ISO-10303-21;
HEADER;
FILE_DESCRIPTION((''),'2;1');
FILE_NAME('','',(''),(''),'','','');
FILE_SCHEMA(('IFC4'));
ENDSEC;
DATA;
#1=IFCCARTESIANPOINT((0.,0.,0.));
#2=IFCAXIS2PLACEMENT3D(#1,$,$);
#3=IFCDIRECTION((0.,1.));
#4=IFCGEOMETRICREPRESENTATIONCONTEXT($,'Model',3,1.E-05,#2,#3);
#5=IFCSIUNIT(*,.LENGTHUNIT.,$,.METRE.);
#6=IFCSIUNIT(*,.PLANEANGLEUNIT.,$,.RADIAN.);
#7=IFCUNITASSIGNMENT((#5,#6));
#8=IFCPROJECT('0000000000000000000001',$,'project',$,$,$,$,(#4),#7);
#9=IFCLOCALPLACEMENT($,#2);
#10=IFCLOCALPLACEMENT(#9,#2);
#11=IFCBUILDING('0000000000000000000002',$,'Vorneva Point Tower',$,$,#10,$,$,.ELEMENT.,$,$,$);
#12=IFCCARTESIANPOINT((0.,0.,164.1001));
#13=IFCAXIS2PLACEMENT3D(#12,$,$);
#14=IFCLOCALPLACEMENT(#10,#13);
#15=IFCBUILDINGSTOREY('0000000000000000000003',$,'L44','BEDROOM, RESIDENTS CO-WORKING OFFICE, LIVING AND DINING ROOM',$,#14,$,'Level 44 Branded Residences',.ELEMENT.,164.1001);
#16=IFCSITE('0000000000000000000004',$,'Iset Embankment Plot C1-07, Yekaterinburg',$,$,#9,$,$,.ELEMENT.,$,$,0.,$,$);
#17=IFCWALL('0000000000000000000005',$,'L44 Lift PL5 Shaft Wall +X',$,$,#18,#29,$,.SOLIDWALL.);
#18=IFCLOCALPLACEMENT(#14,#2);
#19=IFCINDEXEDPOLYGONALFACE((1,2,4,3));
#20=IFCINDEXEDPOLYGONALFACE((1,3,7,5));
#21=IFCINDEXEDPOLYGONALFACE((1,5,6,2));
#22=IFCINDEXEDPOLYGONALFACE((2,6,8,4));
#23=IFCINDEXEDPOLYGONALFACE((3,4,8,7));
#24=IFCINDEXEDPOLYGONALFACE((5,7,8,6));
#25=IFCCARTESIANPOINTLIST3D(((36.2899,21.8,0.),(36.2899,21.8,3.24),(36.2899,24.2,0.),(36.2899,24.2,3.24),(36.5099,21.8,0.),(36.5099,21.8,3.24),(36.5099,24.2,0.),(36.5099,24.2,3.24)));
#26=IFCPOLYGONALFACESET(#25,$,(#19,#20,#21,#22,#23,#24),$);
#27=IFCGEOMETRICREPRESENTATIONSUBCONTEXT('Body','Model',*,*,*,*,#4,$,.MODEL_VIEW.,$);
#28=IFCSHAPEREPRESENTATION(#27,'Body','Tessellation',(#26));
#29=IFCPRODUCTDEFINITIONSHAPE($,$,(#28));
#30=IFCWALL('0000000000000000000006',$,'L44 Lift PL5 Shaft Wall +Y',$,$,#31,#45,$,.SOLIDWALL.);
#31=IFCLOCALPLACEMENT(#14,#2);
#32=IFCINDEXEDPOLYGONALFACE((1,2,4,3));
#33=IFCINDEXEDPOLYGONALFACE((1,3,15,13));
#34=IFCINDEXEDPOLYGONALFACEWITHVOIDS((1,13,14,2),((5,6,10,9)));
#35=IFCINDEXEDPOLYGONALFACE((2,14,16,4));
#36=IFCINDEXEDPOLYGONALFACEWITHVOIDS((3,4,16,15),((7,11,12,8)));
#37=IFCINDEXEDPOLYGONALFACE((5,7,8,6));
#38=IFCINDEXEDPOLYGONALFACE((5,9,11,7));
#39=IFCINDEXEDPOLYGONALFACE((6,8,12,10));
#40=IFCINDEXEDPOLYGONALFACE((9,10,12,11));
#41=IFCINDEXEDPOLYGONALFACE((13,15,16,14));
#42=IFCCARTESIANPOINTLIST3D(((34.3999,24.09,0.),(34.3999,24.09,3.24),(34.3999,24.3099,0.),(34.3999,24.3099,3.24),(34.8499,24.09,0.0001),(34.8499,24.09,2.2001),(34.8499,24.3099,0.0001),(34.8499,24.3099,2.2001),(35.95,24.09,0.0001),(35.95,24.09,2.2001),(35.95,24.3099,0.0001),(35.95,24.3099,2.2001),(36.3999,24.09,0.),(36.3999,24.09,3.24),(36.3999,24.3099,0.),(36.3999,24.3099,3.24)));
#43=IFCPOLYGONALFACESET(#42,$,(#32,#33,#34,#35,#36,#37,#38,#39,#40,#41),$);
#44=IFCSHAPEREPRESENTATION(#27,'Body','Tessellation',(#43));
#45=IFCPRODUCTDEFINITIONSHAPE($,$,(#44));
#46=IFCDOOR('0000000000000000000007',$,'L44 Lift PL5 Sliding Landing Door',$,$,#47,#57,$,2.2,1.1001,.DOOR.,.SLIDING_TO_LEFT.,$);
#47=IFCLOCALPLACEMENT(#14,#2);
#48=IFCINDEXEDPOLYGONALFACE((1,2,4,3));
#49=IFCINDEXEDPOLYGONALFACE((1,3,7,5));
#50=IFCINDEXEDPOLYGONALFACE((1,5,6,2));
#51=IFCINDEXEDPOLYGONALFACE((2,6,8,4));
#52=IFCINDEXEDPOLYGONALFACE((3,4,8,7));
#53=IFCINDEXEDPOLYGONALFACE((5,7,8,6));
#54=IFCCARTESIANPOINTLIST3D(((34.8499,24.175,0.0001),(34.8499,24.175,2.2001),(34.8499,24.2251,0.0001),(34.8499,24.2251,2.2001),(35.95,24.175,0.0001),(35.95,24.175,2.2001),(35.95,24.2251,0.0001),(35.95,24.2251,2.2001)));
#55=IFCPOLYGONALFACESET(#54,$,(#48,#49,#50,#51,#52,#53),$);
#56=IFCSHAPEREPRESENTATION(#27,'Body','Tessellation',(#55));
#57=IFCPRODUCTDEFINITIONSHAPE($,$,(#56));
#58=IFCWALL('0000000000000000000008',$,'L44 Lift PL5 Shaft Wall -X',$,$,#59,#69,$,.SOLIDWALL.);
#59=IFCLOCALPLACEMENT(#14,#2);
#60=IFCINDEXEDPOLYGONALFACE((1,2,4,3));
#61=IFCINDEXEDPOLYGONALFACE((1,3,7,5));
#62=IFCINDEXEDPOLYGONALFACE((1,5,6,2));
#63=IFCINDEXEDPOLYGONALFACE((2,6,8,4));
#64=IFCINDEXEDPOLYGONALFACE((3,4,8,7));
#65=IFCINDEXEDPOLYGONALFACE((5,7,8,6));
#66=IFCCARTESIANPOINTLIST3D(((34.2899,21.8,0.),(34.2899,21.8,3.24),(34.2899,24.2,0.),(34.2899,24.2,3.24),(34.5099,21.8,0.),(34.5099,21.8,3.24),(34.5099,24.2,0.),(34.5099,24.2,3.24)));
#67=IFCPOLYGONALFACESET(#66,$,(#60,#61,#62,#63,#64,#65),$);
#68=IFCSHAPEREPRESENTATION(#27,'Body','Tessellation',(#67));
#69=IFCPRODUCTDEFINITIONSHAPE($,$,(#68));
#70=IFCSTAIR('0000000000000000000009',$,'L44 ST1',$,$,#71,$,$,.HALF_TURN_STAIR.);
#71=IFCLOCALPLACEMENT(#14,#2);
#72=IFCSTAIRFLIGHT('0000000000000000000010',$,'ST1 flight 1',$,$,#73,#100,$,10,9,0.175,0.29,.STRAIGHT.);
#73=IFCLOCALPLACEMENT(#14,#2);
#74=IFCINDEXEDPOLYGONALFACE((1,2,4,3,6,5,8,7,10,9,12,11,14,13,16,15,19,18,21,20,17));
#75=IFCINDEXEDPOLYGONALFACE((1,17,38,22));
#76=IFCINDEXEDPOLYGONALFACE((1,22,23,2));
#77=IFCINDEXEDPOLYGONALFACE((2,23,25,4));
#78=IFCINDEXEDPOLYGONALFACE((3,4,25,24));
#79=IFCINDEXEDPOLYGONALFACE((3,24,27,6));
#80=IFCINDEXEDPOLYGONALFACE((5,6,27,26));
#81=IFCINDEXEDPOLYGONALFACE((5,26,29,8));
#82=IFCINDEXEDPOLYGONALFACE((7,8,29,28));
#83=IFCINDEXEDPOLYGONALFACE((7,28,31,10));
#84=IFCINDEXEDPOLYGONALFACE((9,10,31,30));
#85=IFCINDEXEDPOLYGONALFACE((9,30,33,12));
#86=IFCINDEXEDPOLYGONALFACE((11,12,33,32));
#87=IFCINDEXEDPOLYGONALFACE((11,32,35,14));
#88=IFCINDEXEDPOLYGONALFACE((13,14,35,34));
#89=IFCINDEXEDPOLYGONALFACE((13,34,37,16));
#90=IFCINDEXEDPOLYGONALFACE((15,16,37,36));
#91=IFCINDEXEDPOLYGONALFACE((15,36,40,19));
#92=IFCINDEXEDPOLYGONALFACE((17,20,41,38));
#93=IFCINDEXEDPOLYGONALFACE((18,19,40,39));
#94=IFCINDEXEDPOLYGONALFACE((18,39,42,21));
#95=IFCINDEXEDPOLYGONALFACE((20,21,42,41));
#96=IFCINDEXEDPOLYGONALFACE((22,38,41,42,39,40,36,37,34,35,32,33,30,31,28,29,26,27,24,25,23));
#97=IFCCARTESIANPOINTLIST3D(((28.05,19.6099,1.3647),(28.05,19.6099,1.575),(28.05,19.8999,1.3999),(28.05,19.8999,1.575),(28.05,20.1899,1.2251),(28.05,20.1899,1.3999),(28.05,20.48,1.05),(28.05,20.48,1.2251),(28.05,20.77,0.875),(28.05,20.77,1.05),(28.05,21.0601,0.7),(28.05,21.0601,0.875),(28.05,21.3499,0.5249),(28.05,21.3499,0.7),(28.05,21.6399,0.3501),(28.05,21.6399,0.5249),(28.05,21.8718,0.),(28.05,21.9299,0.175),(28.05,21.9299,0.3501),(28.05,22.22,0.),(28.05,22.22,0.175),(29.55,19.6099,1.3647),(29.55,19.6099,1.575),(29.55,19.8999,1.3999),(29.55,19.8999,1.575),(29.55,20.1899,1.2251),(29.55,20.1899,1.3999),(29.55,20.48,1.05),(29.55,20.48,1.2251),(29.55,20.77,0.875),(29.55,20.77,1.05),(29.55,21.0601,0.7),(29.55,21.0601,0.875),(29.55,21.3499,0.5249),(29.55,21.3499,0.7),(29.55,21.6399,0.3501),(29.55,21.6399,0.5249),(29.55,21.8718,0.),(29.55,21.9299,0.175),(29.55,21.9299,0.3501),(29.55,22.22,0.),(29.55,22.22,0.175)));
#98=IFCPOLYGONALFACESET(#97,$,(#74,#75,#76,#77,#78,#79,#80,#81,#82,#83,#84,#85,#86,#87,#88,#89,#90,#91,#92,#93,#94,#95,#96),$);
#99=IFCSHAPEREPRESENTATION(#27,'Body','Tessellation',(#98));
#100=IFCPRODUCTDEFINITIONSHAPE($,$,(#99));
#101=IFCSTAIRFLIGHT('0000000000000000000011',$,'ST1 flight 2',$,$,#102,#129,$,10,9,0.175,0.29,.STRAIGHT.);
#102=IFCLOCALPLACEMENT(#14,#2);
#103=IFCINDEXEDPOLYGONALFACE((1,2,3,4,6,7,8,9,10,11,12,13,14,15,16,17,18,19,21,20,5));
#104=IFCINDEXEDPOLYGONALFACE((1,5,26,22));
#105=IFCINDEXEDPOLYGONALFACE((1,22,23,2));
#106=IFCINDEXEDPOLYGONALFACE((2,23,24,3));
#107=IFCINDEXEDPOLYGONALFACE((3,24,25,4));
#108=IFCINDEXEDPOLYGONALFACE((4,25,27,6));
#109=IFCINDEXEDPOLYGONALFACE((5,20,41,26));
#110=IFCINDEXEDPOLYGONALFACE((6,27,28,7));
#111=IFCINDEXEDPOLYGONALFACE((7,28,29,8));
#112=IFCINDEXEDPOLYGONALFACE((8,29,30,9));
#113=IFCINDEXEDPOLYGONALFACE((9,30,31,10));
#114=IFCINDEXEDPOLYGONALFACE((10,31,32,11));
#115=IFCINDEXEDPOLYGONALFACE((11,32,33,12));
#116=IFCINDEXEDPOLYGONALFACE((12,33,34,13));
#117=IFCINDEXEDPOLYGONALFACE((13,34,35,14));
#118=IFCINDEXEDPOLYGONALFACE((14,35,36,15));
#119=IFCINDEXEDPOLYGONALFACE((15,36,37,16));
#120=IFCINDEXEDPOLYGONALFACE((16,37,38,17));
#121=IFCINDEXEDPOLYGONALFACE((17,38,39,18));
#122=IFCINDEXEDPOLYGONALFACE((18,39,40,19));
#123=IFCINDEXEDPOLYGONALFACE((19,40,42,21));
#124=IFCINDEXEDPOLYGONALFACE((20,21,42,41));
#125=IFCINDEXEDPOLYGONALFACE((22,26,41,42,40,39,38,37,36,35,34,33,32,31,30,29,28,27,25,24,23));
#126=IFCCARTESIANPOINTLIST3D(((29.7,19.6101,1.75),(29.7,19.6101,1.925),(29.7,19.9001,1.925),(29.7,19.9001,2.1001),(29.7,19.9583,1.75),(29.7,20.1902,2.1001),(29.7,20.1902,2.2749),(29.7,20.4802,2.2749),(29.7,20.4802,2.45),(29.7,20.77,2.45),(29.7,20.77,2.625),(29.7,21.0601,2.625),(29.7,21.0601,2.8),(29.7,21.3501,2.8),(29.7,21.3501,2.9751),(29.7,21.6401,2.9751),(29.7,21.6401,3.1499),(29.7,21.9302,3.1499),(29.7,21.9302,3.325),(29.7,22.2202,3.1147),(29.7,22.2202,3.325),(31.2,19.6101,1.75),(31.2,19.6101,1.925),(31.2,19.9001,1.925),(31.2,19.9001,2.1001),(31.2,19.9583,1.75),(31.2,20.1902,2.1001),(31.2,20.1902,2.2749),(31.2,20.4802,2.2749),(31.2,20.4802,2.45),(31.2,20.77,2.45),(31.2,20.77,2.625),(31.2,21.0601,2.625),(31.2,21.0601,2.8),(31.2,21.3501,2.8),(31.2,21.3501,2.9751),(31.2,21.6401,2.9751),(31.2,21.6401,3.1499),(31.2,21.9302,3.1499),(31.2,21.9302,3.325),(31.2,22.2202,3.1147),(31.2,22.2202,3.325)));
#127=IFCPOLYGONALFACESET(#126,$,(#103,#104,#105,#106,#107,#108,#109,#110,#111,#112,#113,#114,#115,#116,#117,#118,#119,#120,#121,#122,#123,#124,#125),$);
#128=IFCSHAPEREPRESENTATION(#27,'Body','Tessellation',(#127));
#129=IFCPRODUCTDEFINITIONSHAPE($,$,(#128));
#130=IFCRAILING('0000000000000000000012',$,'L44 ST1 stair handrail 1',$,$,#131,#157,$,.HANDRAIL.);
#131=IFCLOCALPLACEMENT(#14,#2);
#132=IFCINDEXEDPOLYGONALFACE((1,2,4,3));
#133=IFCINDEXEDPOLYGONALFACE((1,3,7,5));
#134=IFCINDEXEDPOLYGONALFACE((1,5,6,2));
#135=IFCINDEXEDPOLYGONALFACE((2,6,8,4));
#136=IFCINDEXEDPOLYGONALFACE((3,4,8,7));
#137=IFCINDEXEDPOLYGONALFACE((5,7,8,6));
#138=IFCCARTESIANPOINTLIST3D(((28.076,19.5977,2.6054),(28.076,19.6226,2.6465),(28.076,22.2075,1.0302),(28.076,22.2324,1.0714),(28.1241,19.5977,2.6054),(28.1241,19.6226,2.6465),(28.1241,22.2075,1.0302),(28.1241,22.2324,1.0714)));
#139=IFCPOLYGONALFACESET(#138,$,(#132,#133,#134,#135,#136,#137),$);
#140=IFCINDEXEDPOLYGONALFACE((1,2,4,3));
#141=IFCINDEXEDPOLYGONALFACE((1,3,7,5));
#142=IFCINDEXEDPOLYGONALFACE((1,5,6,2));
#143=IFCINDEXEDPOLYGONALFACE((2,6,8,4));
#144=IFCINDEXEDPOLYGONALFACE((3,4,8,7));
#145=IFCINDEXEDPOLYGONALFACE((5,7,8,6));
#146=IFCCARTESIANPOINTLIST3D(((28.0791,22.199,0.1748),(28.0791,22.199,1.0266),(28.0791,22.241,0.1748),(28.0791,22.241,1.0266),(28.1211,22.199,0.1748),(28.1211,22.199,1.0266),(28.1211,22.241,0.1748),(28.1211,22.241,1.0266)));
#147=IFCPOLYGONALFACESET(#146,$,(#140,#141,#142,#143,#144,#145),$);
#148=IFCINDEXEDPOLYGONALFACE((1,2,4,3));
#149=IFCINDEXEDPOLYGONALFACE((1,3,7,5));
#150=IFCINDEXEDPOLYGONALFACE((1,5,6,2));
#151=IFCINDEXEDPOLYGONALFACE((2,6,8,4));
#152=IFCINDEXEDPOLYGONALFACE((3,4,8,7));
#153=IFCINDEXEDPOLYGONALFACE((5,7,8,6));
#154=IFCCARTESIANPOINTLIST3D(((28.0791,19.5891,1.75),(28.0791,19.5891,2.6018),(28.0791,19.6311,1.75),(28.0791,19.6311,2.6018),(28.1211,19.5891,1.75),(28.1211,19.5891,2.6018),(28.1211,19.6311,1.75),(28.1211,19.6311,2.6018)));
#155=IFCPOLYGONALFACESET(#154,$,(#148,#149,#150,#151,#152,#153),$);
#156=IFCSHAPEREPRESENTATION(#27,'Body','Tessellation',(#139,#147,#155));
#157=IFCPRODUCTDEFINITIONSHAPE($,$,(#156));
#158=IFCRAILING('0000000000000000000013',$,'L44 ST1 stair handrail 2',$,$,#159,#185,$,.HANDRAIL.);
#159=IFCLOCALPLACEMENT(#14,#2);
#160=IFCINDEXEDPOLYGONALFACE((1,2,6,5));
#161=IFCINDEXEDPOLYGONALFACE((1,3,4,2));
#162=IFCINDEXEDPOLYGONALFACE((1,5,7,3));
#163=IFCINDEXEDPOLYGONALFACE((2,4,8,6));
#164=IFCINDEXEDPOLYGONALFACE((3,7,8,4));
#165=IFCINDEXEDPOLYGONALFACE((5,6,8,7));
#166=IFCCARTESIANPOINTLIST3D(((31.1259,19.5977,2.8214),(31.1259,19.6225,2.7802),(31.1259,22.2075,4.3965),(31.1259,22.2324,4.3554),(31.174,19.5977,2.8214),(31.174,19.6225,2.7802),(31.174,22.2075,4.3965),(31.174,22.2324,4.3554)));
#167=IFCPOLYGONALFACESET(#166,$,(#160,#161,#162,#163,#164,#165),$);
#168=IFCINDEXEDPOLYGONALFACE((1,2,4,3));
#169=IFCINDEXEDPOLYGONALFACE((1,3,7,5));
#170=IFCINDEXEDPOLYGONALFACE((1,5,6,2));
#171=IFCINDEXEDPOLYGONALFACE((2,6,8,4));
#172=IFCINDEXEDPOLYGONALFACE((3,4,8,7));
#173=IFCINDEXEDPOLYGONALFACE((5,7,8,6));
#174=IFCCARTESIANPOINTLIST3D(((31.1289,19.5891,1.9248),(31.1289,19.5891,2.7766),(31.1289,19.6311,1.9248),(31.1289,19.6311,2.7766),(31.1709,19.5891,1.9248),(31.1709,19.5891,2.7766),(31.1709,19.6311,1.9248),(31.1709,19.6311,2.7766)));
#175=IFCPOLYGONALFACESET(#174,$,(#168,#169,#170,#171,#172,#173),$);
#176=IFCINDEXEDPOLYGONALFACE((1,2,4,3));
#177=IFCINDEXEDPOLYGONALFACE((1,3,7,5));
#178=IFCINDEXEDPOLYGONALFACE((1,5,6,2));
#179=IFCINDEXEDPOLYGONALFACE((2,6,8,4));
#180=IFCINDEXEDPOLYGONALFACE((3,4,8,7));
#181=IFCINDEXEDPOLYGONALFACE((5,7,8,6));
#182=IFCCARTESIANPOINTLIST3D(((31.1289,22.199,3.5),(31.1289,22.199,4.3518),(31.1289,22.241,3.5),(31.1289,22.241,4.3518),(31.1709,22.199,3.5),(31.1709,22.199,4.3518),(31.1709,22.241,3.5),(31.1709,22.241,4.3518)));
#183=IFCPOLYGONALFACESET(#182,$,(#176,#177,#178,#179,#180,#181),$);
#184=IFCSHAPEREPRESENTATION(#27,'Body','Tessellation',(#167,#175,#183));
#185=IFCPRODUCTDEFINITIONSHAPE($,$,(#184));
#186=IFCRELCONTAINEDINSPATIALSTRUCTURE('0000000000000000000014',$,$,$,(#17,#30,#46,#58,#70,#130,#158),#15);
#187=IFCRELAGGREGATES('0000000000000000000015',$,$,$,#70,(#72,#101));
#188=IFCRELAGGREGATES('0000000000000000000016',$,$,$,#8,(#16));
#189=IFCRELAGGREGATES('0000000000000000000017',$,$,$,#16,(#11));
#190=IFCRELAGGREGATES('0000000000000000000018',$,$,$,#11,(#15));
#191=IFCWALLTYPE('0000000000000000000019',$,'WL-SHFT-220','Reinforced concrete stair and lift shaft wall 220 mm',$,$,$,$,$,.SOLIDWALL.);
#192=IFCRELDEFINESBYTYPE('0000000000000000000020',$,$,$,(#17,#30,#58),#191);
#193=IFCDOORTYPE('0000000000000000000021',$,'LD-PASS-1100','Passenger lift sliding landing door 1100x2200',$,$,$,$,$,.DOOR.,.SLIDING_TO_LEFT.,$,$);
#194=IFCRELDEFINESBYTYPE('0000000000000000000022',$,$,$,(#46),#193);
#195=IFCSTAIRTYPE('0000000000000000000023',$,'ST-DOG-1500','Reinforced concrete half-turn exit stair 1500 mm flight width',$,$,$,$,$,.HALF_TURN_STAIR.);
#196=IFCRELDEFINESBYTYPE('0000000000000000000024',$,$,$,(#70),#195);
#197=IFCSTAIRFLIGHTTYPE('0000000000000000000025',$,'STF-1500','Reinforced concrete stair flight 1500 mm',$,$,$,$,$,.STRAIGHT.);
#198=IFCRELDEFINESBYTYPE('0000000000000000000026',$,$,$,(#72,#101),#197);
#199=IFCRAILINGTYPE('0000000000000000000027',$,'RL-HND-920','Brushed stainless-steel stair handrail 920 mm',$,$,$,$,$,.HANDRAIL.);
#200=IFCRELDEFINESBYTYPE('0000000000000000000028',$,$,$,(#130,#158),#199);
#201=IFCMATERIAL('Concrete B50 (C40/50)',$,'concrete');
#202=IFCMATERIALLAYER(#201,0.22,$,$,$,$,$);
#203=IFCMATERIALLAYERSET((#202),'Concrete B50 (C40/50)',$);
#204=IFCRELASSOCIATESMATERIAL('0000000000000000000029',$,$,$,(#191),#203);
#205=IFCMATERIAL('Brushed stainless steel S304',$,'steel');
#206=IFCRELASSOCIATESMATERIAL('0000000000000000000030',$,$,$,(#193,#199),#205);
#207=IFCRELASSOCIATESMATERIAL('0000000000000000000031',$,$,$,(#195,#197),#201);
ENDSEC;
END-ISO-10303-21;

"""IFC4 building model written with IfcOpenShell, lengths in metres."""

from ifc_helpers import new_model, si_unit, direction, frame, frame_2d, origin, origin_2d, place, context, subcontext, project, spatial, polyline, rectangle, outline, extrude, material, layer, layer_set, type_object, element, fill, aggregate, save


model = new_model("IFC4")

# Units and contexts
model_context = context("Model", 3, precision=1e-05, world=origin(), true_north=direction((0.0, 1.0)))
body_context = subcontext(model_context, "Body", "Model", "MODEL_VIEW")
ifc_project = project(units=[si_unit("LENGTHUNIT", "METRE"), si_unit("PLANEANGLEUNIT", "RADIAN")], contexts=[model_context])

# Site, building, storey
site_placement = place(None, origin())
site = spatial("IfcSite", under=ifc_project, at=site_placement, Name="Iset Embankment Plot C1-07, Yekaterinburg", CompositionType="ELEMENT", RefElevation=0.0)
building_placement = place(site_placement, origin())
building = spatial("IfcBuilding", under=site, at=building_placement, Name="Vorneva Point Tower", CompositionType="ELEMENT")
storey_placement = place(building_placement, frame((0.0, 0.0, 164.1001)))
storey = spatial("IfcBuildingStorey", under=building, at=storey_placement, Name="L44", Description="BEDROOM, RESIDENTS CO-WORKING OFFICE, LIVING AND DINING ROOM", LongName="Level 44 Branded Residences", CompositionType="ELEMENT", Elevation=164.1001)

# Shared definitions
ifc_material_1 = material(Name="Concrete B50 (C40/50)", Category="concrete")
ifc_layer_1 = layer(ifc_material_1, 0.22)
ifc_layer_set_1 = layer_set([ifc_layer_1], Name="Concrete B50 (C40/50)")
wall_type_1 = type_object("IfcWallType", Name="WL-SHFT-220", Description="Reinforced concrete stair and lift shaft wall 220 mm", PredefinedType="SOLIDWALL", material=ifc_layer_set_1)

# Shared definitions
ifc_material_2 = material(Name="Brushed stainless steel S304", Category="steel")
door_type_1 = type_object("IfcDoorType", Name="LD-PASS-1100", Description="Passenger lift sliding landing door 1100x2200", OperationType="SLIDING_TO_LEFT", PredefinedType="DOOR", material=ifc_material_2)

# Wall
wall_1_placement = place(storey_placement, frame((36.3999, 21.8, 0.0), z_axis=(0.0, 0.0, 1.0), x_axis=(0.0, 1.0, 0.0)))
element("IfcWall", 1, at=wall_1_placement, inside=storey, type_object=wall_type_1, Name="L44 Lift PL5 Shaft Wall +X", PredefinedType="SOLIDWALL", context=body_context, shape_type="SweptSolid", body=[
    extrude(rectangle(XDim=2.3999, YDim=0.22, at=frame_2d((1.2, 0.0))), origin(), (0.0, 0.0, 1.0), 3.24),
])

# Wall, opening, door
wall_2_placement = place(storey_placement, frame((36.3999, 24.2, 0.0), z_axis=(0.0, 0.0, 1.0), x_axis=(-1.0, 0.0, 0.0)))
wall_2 = element("IfcWall", 2, at=wall_2_placement, inside=storey, type_object=wall_type_1, Name="L44 Lift PL5 Shaft Wall +Y", PredefinedType="SOLIDWALL", context=body_context, shape_type="SweptSolid", body=[
    extrude(rectangle(XDim=2.0, YDim=0.22, at=frame_2d((1.0, 0.0))), origin(), (0.0, 0.0, 1.0), 3.24),
])
opening_1_placement = place(wall_2_placement, frame((0.45, 0.0, 0.0)))
opening_1 = element("IfcOpeningElement", 3, at=opening_1_placement, cuts=wall_2, PredefinedType="OPENING", context=body_context, shape_type="SweptSolid", body=[
    extrude(rectangle(XDim=1.1001, YDim=2.2, at=frame_2d((0.55, 1.1001))), frame((0.0, 0.125, 0.0), z_axis=(0.0, -1.0, 0.0), x_axis=(1.0, 0.0, 0.0)), (0.0, 0.0, 1.0), 0.2498),
])
door_1_placement = place(opening_1_placement, origin())
door_1 = element("IfcDoor", 4, at=door_1_placement, inside=storey, type_object=door_type_1, Name="L44 Lift PL5 Sliding Landing Door", OperationType="SLIDING_TO_LEFT", OverallHeight=2.2, OverallWidth=1.1001, PredefinedType="DOOR", context=body_context, shape_type="SweptSolid", body=[
    extrude(rectangle(XDim=1.1001, YDim=2.2, at=frame_2d((0.55, 1.1001))), frame((0.0, 0.0249, 0.0), z_axis=(0.0, -1.0, 0.0), x_axis=(1.0, 0.0, 0.0)), (0.0, 0.0, 1.0), 0.05),
])
fill(opening_1, door_1)

# Wall
wall_3_placement = place(storey_placement, frame((34.3999, 24.2, 0.0), z_axis=(0.0, 0.0, 1.0), x_axis=(0.0, -1.0, 0.0)))
element("IfcWall", 5, at=wall_3_placement, inside=storey, type_object=wall_type_1, Name="L44 Lift PL5 Shaft Wall -X", PredefinedType="SOLIDWALL", context=body_context, shape_type="SweptSolid", body=[
    extrude(rectangle(XDim=2.3999, YDim=0.22, at=frame_2d((1.2, 0.0))), origin(), (0.0, 0.0, 1.0), 3.24),
])

# Stair, stair flights
stair_type = type_object("IfcStairType", Name="ST-DOG-1500", Description="Reinforced concrete half-turn exit stair 1500 mm flight width", PredefinedType="HALF_TURN_STAIR", material=ifc_material_1)
stair_placement = place(storey_placement, origin())
stair = element("IfcStair", 6, at=stair_placement, inside=storey, type_object=stair_type, Name="L44 ST1", PredefinedType="HALF_TURN_STAIR")
stair_flight_type = type_object("IfcStairFlightType", Name="STF-1500", Description="Reinforced concrete stair flight 1500 mm", PredefinedType="STRAIGHT", material=ifc_material_1)
stair_flight_1_placement = place(storey_placement, frame((28.8, 22.22, 0.0), z_axis=(0.0, 0.0, 1.0), x_axis=(0.0, -1.0, 0.0)))
stair_flight_1 = element("IfcStairFlight", 7, at=stair_flight_1_placement, type_object=stair_flight_type, Name="ST1 flight 1", NumberOfRisers=10, NumberOfTreads=9, PredefinedType="STRAIGHT", RiserHeight=0.175, TreadLength=0.29, context=body_context, shape_type="SweptSolid", body=[
    extrude(outline(polyline([(0.0, 0.0), (0.0, 0.175), (0.29, 0.175), (0.29, 0.3501), (0.5801, 0.3501), (0.5801, 0.5249), (0.8701, 0.5249), (0.8701, 0.7), (1.1599, 0.7), (1.1599, 0.875), (1.45, 0.875), (1.45, 1.05), (1.74, 1.05), (1.74, 1.2251), (2.03, 1.2251), (2.03, 1.3999), (2.3201, 1.3999), (2.3201, 1.575), (2.6101, 1.575), (2.6101, 1.75), (2.6101, 1.3647), (0.3481, 0.0), (0.0, 0.0)])), frame((0.0, 0.75, 0.0), z_axis=(0.0, -1.0, 0.0), x_axis=(1.0, 0.0, 0.0)), (0.0, 0.0, 1.0), 1.5),
])
stair_flight_2_placement = place(storey_placement, frame((30.45, 19.6101, 1.75), z_axis=(0.0, 0.0, 1.0), x_axis=(0.0, 1.0, 0.0)))
stair_flight_2 = element("IfcStairFlight", 8, at=stair_flight_2_placement, type_object=stair_flight_type, Name="ST1 flight 2", NumberOfRisers=10, NumberOfTreads=9, PredefinedType="STRAIGHT", RiserHeight=0.175, TreadLength=0.29, context=body_context, shape_type="SweptSolid", body=[
    extrude(outline(polyline([(0.0, 0.0), (0.0, 0.175), (0.29, 0.175), (0.29, 0.3501), (0.5801, 0.3501), (0.5801, 0.5249), (0.8701, 0.5249), (0.8701, 0.7), (1.1599, 0.7), (1.1599, 0.875), (1.45, 0.875), (1.45, 1.05), (1.74, 1.05), (1.74, 1.2251), (2.03, 1.2251), (2.03, 1.3999), (2.3201, 1.3999), (2.3201, 1.575), (2.6101, 1.575), (2.6101, 1.75), (2.6101, 1.3647), (0.3481, 0.0), (0.0, 0.0)])), frame((0.0, 0.75, 0.0), z_axis=(0.0, -1.0, 0.0), x_axis=(1.0, 0.0, 0.0)), (0.0, 0.0, 1.0), 1.5),
])
aggregate(stair, [stair_flight_1, stair_flight_2])

# Railings
railing_type_1 = type_object("IfcRailingType", Name="RL-HND-920", Description="Brushed stainless-steel stair handrail 920 mm", PredefinedType="HANDRAIL", material=ifc_material_2)
railing_1_placement = place(storey_placement, frame((28.1001, 22.22, 0.1748)))
element("IfcRailing", 9, at=railing_1_placement, inside=storey, type_object=railing_type_1, Name="L44 ST1 stair handrail 1", PredefinedType="HANDRAIL", context=body_context, shape_type="SweptSolid", body=[
    extrude(rectangle(XDim=0.0481, YDim=0.0481, at=origin_2d()), frame((0.0, 0.0, 0.876), z_axis=(0.0, -0.856147, 0.516732), x_axis=(1.0, 0.0, 0.0)), (0.0, 0.0, 1.0), 3.0483),
    extrude(rectangle(XDim=0.042, YDim=0.042, at=origin_2d()), origin(), (0.0, 0.0, 1.0), 0.8518),
    extrude(rectangle(XDim=0.042, YDim=0.042, at=origin_2d()), frame((0.0, -2.6099, 1.5752)), (0.0, 0.0, 1.0), 0.8518),
])
railing_2_placement = place(storey_placement, frame((31.1499, 19.6101, 1.9248)))
element("IfcRailing", 10, at=railing_2_placement, inside=storey, type_object=railing_type_1, Name="L44 ST1 stair handrail 2", PredefinedType="HANDRAIL", context=body_context, shape_type="SweptSolid", body=[
    extrude(rectangle(XDim=0.0481, YDim=0.0481, at=origin_2d()), frame((0.0, 0.0, 0.876), z_axis=(0.0, 0.856147, 0.516732), x_axis=(-1.0, 0.0, 0.0)), (0.0, 0.0, 1.0), 3.0483),
    extrude(rectangle(XDim=0.042, YDim=0.042, at=origin_2d()), origin(), (0.0, 0.0, 1.0), 0.8518),
    extrude(rectangle(XDim=0.042, YDim=0.042, at=origin_2d()), frame((0.0, 2.6099, 1.5752)), (0.0, 0.0, 1.0), 0.8518),
])

save(model, "model.ifc")
